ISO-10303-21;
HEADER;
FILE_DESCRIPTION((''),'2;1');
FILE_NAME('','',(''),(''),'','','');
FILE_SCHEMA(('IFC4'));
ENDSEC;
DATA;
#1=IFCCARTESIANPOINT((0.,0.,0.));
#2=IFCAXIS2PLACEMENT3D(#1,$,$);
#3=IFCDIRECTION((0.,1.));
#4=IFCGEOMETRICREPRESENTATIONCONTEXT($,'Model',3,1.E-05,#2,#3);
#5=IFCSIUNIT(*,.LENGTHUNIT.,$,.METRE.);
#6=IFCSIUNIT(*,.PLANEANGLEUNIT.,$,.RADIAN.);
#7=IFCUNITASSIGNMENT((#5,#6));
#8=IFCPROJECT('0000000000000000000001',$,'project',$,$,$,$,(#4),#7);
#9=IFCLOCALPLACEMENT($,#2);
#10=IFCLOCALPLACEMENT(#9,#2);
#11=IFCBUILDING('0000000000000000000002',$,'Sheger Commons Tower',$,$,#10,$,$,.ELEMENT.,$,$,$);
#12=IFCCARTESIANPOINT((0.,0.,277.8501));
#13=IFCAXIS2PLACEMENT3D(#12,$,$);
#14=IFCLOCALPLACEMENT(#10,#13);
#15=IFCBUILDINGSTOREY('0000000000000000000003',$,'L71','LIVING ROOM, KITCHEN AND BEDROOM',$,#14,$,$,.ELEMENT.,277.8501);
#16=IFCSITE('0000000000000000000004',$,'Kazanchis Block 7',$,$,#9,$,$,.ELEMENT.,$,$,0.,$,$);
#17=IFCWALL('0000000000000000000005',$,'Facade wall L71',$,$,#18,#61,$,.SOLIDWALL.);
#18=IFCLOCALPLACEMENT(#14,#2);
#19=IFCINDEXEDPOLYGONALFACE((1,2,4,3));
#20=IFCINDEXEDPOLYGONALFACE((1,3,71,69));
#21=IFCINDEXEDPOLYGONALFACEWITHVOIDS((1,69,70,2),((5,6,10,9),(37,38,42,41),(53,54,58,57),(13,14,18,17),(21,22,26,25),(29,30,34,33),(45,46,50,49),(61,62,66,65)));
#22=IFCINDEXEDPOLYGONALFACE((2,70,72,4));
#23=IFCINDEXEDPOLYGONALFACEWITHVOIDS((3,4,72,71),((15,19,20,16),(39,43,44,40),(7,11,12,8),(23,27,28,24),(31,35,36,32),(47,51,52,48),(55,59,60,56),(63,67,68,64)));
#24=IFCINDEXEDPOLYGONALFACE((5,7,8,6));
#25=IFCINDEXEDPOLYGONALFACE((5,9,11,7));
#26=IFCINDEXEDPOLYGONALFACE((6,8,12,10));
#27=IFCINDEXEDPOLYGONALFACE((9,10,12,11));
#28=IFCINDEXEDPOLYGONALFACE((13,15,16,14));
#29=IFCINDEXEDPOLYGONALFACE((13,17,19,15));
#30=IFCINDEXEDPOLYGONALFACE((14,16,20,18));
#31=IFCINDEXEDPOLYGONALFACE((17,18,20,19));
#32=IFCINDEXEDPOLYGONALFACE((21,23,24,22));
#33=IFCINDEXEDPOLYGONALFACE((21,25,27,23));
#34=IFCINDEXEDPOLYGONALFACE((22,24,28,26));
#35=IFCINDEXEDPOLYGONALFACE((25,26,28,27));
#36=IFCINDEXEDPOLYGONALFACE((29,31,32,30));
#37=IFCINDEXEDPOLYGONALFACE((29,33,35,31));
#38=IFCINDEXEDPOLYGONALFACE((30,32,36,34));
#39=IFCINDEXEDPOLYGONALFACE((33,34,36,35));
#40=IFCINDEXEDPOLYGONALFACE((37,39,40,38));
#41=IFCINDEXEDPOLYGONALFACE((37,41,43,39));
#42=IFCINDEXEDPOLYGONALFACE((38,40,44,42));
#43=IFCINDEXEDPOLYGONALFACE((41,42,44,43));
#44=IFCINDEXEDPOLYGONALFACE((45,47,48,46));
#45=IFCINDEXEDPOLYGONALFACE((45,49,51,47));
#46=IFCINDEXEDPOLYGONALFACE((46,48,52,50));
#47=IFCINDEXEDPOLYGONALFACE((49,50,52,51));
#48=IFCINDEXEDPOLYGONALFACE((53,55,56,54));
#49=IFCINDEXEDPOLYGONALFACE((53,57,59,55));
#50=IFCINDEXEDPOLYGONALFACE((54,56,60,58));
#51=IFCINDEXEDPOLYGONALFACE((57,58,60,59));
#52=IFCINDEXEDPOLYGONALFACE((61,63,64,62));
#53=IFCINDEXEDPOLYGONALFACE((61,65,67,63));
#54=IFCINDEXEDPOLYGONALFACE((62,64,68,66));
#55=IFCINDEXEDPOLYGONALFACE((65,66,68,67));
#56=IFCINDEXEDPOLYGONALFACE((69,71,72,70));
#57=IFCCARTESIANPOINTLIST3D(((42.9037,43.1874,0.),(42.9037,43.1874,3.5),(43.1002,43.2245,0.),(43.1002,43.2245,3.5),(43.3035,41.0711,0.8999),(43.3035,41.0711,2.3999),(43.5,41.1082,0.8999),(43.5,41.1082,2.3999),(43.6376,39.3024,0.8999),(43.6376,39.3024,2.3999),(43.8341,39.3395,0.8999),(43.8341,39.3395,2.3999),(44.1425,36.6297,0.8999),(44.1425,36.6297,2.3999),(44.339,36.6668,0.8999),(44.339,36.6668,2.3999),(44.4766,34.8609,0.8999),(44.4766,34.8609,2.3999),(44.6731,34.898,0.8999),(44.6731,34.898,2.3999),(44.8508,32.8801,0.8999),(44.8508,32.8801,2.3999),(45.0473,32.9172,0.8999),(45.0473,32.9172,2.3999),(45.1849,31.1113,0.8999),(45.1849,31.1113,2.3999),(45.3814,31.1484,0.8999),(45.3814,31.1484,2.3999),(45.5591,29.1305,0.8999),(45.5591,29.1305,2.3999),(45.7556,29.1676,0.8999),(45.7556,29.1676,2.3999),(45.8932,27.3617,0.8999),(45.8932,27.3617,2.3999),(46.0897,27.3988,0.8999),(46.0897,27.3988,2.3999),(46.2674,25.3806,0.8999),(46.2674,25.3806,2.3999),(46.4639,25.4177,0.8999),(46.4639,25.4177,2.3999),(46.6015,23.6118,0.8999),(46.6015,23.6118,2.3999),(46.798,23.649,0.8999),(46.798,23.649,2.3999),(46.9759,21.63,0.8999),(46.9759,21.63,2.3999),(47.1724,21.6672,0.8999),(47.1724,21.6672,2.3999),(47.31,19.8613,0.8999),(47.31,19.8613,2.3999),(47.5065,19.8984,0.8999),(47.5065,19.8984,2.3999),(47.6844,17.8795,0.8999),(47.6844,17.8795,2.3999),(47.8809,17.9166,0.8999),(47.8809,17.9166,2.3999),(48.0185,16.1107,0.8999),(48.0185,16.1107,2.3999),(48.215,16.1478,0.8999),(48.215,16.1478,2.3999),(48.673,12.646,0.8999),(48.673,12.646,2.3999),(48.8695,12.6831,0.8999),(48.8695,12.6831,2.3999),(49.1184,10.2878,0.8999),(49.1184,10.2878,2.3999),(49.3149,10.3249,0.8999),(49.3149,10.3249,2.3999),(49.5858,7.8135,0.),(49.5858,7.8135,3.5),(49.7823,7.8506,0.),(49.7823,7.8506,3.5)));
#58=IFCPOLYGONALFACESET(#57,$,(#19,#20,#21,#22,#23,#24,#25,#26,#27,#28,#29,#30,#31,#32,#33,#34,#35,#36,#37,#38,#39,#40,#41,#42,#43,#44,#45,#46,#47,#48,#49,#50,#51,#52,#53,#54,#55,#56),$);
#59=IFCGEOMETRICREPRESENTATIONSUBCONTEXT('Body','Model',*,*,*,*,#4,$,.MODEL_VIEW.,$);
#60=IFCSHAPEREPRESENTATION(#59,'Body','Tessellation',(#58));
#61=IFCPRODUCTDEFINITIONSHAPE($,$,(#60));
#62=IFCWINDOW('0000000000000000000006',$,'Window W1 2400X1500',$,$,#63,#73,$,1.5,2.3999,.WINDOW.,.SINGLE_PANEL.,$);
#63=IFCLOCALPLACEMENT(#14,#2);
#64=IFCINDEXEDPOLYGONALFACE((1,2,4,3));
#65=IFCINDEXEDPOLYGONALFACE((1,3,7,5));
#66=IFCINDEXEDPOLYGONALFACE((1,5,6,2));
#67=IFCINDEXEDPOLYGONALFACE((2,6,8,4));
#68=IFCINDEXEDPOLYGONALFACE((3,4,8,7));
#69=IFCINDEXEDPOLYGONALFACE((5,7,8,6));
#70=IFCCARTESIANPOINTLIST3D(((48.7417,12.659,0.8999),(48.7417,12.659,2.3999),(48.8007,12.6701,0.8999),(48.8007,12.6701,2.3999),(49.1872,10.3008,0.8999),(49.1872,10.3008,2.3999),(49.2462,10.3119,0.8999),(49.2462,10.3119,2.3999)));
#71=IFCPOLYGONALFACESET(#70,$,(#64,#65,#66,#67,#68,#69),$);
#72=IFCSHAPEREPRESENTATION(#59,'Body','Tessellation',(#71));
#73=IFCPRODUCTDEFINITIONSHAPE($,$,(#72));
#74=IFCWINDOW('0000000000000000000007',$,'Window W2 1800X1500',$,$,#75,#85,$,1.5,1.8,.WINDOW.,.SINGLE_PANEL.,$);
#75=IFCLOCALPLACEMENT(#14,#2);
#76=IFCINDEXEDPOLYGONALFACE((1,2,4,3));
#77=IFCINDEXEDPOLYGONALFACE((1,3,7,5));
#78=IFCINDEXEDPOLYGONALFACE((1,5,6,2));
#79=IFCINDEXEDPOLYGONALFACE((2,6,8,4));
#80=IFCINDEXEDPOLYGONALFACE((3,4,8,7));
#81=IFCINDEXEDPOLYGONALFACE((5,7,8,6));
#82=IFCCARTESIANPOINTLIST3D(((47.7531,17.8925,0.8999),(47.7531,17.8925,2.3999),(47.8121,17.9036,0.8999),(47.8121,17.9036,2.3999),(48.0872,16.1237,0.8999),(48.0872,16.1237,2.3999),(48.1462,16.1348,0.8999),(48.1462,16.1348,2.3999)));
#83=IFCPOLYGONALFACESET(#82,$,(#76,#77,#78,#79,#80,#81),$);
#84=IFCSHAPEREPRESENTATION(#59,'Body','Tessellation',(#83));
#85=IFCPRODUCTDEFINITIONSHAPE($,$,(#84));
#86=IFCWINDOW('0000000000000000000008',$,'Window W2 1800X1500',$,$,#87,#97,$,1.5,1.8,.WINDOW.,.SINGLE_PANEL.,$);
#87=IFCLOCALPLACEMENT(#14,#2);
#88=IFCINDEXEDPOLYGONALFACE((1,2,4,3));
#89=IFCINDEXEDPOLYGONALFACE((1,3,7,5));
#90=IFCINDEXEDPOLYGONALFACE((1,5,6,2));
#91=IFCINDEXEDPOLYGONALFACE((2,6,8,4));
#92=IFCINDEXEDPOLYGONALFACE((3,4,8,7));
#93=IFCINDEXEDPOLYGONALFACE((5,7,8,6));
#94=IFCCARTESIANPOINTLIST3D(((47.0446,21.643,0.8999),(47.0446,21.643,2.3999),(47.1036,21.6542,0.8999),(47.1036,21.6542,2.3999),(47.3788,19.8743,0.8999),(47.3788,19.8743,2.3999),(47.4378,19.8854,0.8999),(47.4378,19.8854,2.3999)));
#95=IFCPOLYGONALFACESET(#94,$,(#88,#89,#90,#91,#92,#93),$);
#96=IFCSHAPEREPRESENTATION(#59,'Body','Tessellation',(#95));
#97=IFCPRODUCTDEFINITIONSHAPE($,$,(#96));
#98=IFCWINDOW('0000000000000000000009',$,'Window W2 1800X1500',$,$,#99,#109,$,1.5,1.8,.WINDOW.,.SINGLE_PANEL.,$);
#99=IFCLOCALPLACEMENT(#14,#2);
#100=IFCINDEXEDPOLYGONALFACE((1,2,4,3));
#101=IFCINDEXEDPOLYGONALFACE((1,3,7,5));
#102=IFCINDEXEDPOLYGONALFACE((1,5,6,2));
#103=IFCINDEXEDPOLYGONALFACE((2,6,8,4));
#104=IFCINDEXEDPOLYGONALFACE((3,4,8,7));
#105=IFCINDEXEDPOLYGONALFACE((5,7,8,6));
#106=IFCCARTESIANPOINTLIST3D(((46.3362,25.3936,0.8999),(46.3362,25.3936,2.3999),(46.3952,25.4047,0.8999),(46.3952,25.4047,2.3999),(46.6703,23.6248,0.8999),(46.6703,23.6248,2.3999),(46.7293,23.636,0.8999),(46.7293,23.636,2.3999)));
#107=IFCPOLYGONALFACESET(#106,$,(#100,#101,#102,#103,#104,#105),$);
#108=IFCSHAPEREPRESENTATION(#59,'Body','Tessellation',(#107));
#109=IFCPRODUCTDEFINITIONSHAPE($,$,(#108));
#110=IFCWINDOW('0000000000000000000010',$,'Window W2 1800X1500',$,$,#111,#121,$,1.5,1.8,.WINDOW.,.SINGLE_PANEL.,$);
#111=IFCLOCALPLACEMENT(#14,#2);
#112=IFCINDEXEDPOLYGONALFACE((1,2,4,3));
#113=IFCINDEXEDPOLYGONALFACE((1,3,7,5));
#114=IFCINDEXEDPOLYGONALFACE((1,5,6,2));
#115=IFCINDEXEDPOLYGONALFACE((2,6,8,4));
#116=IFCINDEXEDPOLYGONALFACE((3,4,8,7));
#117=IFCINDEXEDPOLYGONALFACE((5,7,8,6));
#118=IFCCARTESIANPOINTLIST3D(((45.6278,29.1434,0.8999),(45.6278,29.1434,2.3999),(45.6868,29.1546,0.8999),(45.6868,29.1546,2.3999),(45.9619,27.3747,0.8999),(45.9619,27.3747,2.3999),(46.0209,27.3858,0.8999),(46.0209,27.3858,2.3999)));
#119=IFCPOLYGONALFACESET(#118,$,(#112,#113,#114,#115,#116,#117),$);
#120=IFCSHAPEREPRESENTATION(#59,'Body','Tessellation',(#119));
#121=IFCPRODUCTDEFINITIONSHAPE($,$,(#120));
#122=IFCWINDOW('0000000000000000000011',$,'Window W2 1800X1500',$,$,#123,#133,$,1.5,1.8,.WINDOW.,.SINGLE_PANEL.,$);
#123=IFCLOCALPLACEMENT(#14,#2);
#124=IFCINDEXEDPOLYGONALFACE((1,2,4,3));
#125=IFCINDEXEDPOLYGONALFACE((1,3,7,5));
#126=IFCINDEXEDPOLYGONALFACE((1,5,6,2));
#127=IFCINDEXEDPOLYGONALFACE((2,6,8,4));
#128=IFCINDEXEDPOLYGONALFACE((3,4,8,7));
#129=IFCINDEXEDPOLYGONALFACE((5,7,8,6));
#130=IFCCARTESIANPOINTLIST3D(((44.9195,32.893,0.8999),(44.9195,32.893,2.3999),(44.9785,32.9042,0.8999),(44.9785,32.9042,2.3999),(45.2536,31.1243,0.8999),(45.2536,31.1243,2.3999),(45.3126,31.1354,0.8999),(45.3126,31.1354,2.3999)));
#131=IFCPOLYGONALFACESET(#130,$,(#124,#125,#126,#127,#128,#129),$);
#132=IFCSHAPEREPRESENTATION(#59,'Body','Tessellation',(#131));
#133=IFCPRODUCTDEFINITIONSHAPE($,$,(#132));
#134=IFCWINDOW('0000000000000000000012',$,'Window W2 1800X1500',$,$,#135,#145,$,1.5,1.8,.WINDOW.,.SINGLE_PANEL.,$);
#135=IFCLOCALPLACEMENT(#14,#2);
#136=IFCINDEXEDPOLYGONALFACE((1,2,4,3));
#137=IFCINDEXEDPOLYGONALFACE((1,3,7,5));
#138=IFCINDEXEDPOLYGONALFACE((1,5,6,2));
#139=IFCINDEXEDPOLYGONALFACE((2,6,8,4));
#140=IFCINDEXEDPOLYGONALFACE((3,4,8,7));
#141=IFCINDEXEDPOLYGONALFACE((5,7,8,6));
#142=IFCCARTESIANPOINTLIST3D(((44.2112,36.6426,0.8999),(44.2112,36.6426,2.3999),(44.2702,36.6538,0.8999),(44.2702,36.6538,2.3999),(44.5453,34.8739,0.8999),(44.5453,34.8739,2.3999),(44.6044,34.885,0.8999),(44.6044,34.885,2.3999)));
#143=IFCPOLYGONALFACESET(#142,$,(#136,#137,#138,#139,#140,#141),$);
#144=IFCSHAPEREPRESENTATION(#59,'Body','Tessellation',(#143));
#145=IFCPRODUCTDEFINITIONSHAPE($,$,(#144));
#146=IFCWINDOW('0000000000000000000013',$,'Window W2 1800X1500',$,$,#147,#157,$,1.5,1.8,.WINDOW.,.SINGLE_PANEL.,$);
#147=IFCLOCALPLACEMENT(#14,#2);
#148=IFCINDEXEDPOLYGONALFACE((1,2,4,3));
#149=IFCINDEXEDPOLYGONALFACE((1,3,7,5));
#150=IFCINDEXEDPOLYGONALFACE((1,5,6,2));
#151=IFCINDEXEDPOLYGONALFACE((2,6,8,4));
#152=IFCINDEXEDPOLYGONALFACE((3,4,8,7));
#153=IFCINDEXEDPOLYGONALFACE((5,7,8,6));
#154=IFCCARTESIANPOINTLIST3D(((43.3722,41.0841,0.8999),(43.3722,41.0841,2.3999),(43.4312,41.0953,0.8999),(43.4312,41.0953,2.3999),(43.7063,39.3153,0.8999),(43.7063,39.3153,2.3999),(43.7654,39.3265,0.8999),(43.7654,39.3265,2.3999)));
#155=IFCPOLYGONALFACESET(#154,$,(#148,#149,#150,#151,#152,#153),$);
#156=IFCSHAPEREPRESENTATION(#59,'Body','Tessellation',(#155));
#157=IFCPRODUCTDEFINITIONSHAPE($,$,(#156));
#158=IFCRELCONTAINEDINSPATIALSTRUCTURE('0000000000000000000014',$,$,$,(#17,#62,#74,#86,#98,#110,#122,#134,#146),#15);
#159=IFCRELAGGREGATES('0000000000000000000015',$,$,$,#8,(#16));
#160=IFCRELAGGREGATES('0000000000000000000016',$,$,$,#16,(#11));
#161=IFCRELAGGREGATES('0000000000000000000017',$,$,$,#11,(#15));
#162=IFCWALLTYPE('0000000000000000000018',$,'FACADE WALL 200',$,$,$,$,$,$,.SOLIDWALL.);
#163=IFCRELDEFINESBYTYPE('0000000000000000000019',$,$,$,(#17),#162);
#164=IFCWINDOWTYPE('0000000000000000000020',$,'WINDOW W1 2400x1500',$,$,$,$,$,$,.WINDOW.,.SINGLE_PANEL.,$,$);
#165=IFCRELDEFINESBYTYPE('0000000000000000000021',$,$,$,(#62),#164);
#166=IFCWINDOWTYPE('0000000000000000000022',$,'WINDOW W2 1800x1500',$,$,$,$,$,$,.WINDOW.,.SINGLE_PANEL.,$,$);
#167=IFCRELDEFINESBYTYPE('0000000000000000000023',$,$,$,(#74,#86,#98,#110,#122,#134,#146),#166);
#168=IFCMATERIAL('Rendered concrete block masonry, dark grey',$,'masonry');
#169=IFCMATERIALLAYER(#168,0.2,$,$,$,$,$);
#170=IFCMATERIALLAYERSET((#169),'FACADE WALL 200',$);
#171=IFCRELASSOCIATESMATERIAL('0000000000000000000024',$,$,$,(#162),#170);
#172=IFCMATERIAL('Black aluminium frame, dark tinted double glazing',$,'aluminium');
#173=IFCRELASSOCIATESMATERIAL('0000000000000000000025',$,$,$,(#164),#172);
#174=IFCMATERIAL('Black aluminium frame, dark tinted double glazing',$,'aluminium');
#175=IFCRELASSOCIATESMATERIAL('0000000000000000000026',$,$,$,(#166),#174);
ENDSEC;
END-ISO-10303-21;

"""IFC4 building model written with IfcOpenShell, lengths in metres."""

from ifc_helpers import new_model, si_unit, direction, frame, frame_2d, origin, place, context, subcontext, project, spatial, rectangle, extrude, material, layer, layer_set, type_object, element, fill, save


model = new_model("IFC4")

# Units and contexts
model_context = context("Model", 3, precision=1e-05, world=origin(), true_north=direction((0.0, 1.0)))
body_context = subcontext(model_context, "Body", "Model", "MODEL_VIEW")
ifc_project = project(units=[si_unit("LENGTHUNIT", "METRE"), si_unit("PLANEANGLEUNIT", "RADIAN")], contexts=[model_context])

# Site, building, storey
site_placement = place(None, origin())
site = spatial("IfcSite", under=ifc_project, at=site_placement, Name="Kazanchis Block 7", CompositionType="ELEMENT", RefElevation=0.0)
building_placement = place(site_placement, origin())
building = spatial("IfcBuilding", under=site, at=building_placement, Name="Sheger Commons Tower", CompositionType="ELEMENT")
storey_placement = place(building_placement, frame((0.0, 0.0, 277.8501)))
storey = spatial("IfcBuildingStorey", under=building, at=storey_placement, Name="L71", Description="LIVING ROOM, KITCHEN AND BEDROOM", CompositionType="ELEMENT", Elevation=277.8501)

# Shared definitions
ifc_material_1 = material(Name="Rendered concrete block masonry, dark grey", Category="masonry")
ifc_layer_1 = layer(ifc_material_1, 0.2)
ifc_layer_set_1 = layer_set([ifc_layer_1], Name="FACADE WALL 200")
wall_type_1 = type_object("IfcWallType", Name="FACADE WALL 200", PredefinedType="SOLIDWALL", material=ifc_layer_set_1)

# Wall, openings, windows
wall_1_placement = place(storey_placement, frame((49.6841, 7.832, 0.0), z_axis=(0.0, 0.0, 1.0), x_axis=(-0.185617, 0.982622, 0.0)))
wall_1 = element("IfcWall", 1, at=wall_1_placement, inside=storey, type_object=wall_type_1, Name="Facade wall L71", PredefinedType="SOLIDWALL", context=body_context, shape_type="SweptSolid", body=[
    extrude(rectangle(XDim=35.9995, YDim=0.2, at=frame_2d((17.9998, 0.0))), origin(), (0.0, 0.0, 1.0), 3.5),
])
opening_1_placement = place(wall_1_placement, frame((2.5181, 0.0, 0.8999)))
opening_1 = element("IfcOpeningElement", 2, at=opening_1_placement, cuts=wall_1, PredefinedType="OPENING", context=body_context, shape_type="SweptSolid", body=[
    extrude(rectangle(XDim=2.3999, YDim=1.5, at=frame_2d((1.2, 0.75))), frame((0.0, 0.1099, 0.0), z_axis=(0.0, -1.0, 0.0), x_axis=(1.0, 0.0, 0.0)), (0.0, 0.0, 1.0), 0.22),
])
opening_2_placement = place(wall_1_placement, frame((8.4441, 0.0, 0.8999)))
opening_2 = element("IfcOpeningElement", 3, at=opening_2_placement, cuts=wall_1, PredefinedType="OPENING", context=body_context, shape_type="SweptSolid", body=[
    extrude(rectangle(XDim=1.8, YDim=1.5, at=frame_2d((0.8999, 0.75))), frame((0.0, 0.1099, 0.0), z_axis=(0.0, -1.0, 0.0), x_axis=(1.0, 0.0, 0.0)), (0.0, 0.0, 1.0), 0.22),
])
opening_3_placement = place(wall_1_placement, frame((12.261, 0.0, 0.8999)))
opening_3 = element("IfcOpeningElement", 4, at=opening_3_placement, cuts=wall_1, PredefinedType="OPENING", context=body_context, shape_type="SweptSolid", body=[
    extrude(rectangle(XDim=1.8, YDim=1.5, at=frame_2d((0.8999, 0.75))), frame((0.0, 0.1099, 0.0), z_axis=(0.0, -1.0, 0.0), x_axis=(1.0, 0.0, 0.0)), (0.0, 0.0, 1.0), 0.22),
])
opening_4_placement = place(wall_1_placement, frame((16.0779, 0.0, 0.8999)))
opening_4 = element("IfcOpeningElement", 5, at=opening_4_placement, cuts=wall_1, PredefinedType="OPENING", context=body_context, shape_type="SweptSolid", body=[
    extrude(rectangle(XDim=1.8, YDim=1.5, at=frame_2d((0.8999, 0.75))), frame((0.0, 0.1099, 0.0), z_axis=(0.0, -1.0, 0.0), x_axis=(1.0, 0.0, 0.0)), (0.0, 0.0, 1.0), 0.22),
])
opening_5_placement = place(wall_1_placement, frame((19.894, 0.0, 0.8999)))
opening_5 = element("IfcOpeningElement", 6, at=opening_5_placement, cuts=wall_1, PredefinedType="OPENING", context=body_context, shape_type="SweptSolid", body=[
    extrude(rectangle(XDim=1.8, YDim=1.5, at=frame_2d((0.8999, 0.75))), frame((0.0, 0.1099, 0.0), z_axis=(0.0, -1.0, 0.0), x_axis=(1.0, 0.0, 0.0)), (0.0, 0.0, 1.0), 0.22),
])
opening_6_placement = place(wall_1_placement, frame((23.71, 0.0, 0.8999)))
opening_6 = element("IfcOpeningElement", 7, at=opening_6_placement, cuts=wall_1, PredefinedType="OPENING", context=body_context, shape_type="SweptSolid", body=[
    extrude(rectangle(XDim=1.8, YDim=1.5, at=frame_2d((0.8999, 0.75))), frame((0.0, 0.1099, 0.0), z_axis=(0.0, -1.0, 0.0), x_axis=(1.0, 0.0, 0.0)), (0.0, 0.0, 1.0), 0.22),
])
opening_7_placement = place(wall_1_placement, frame((27.5259, 0.0, 0.8999)))
opening_7 = element("IfcOpeningElement", 8, at=opening_7_placement, cuts=wall_1, PredefinedType="OPENING", context=body_context, shape_type="SweptSolid", body=[
    extrude(rectangle(XDim=1.8, YDim=1.5, at=frame_2d((0.8999, 0.75))), frame((0.0, 0.1099, 0.0), z_axis=(0.0, -1.0, 0.0), x_axis=(1.0, 0.0, 0.0)), (0.0, 0.0, 1.0), 0.22),
])
opening_8_placement = place(wall_1_placement, frame((32.0459, 0.0, 0.8999)))
opening_8 = element("IfcOpeningElement", 9, at=opening_8_placement, cuts=wall_1, PredefinedType="OPENING", context=body_context, shape_type="SweptSolid", body=[
    extrude(rectangle(XDim=1.8, YDim=1.5, at=frame_2d((0.8999, 0.75))), frame((0.0, 0.1099, 0.0), z_axis=(0.0, -1.0, 0.0), x_axis=(1.0, 0.0, 0.0)), (0.0, 0.0, 1.0), 0.22),
])
ifc_material_2 = material(Name="Black aluminium frame, dark tinted double glazing", Category="aluminium")
window_type_1 = type_object("IfcWindowType", Name="WINDOW W1 2400x1500", PartitioningType="SINGLE_PANEL", PredefinedType="WINDOW", material=ifc_material_2)
window_1_placement = place(opening_1_placement, origin())
window_1 = element("IfcWindow", 10, at=window_1_placement, inside=storey, type_object=window_type_1, Name="Window W1 2400X1500", OverallHeight=1.5, OverallWidth=2.3999, PartitioningType="SINGLE_PANEL", PredefinedType="WINDOW", context=body_context, shape_type="SweptSolid", body=[
    extrude(rectangle(XDim=2.3999, YDim=1.5, at=frame_2d((1.2, 0.75))), frame((0.0, 0.03, 0.0), z_axis=(0.0, -1.0, 0.0), x_axis=(1.0, 0.0, 0.0)), (0.0, 0.0, 1.0), 0.0601),
])
fill(opening_1, window_1)
ifc_material_3 = material(Name="Black aluminium frame, dark tinted double glazing", Category="aluminium")
window_type_2 = type_object("IfcWindowType", Name="WINDOW W2 1800x1500", PartitioningType="SINGLE_PANEL", PredefinedType="WINDOW", material=ifc_material_3)
window_2_placement = place(opening_2_placement, origin())
window_2 = element("IfcWindow", 11, at=window_2_placement, inside=storey, type_object=window_type_2, Name="Window W2 1800X1500", OverallHeight=1.5, OverallWidth=1.8, PartitioningType="SINGLE_PANEL", PredefinedType="WINDOW", context=body_context, shape_type="SweptSolid", body=[
    extrude(rectangle(XDim=1.8, YDim=1.5, at=frame_2d((0.8999, 0.75))), frame((0.0, 0.03, 0.0), z_axis=(0.0, -1.0, 0.0), x_axis=(1.0, 0.0, 0.0)), (0.0, 0.0, 1.0), 0.0601),
])
fill(opening_2, window_2)
window_3_placement = place(opening_3_placement, origin())
window_3 = element("IfcWindow", 12, at=window_3_placement, inside=storey, type_object=window_type_2, Name="Window W2 1800X1500", OverallHeight=1.5, OverallWidth=1.8, PartitioningType="SINGLE_PANEL", PredefinedType="WINDOW", context=body_context, shape_type="SweptSolid", body=[
    extrude(rectangle(XDim=1.8, YDim=1.5, at=frame_2d((0.8999, 0.75))), frame((0.0, 0.03, 0.0), z_axis=(0.0, -1.0, 0.0), x_axis=(1.0, 0.0, 0.0)), (0.0, 0.0, 1.0), 0.0601),
])
fill(opening_3, window_3)
window_4_placement = place(opening_4_placement, origin())
window_4 = element("IfcWindow", 13, at=window_4_placement, inside=storey, type_object=window_type_2, Name="Window W2 1800X1500", OverallHeight=1.5, OverallWidth=1.8, PartitioningType="SINGLE_PANEL", PredefinedType="WINDOW", context=body_context, shape_type="SweptSolid", body=[
    extrude(rectangle(XDim=1.8, YDim=1.5, at=frame_2d((0.8999, 0.75))), frame((0.0, 0.03, 0.0), z_axis=(0.0, -1.0, 0.0), x_axis=(1.0, 0.0, 0.0)), (0.0, 0.0, 1.0), 0.0601),
])
fill(opening_4, window_4)
window_5_placement = place(opening_5_placement, origin())
window_5 = element("IfcWindow", 14, at=window_5_placement, inside=storey, type_object=window_type_2, Name="Window W2 1800X1500", OverallHeight=1.5, OverallWidth=1.8, PartitioningType="SINGLE_PANEL", PredefinedType="WINDOW", context=body_context, shape_type="SweptSolid", body=[
    extrude(rectangle(XDim=1.8, YDim=1.5, at=frame_2d((0.8999, 0.75))), frame((0.0, 0.03, 0.0), z_axis=(0.0, -1.0, 0.0), x_axis=(1.0, 0.0, 0.0)), (0.0, 0.0, 1.0), 0.0601),
])
fill(opening_5, window_5)
window_6_placement = place(opening_6_placement, origin())
window_6 = element("IfcWindow", 15, at=window_6_placement, inside=storey, type_object=window_type_2, Name="Window W2 1800X1500", OverallHeight=1.5, OverallWidth=1.8, PartitioningType="SINGLE_PANEL", PredefinedType="WINDOW", context=body_context, shape_type="SweptSolid", body=[
    extrude(rectangle(XDim=1.8, YDim=1.5, at=frame_2d((0.8999, 0.75))), frame((0.0, 0.03, 0.0), z_axis=(0.0, -1.0, 0.0), x_axis=(1.0, 0.0, 0.0)), (0.0, 0.0, 1.0), 0.0601),
])
fill(opening_6, window_6)
window_7_placement = place(opening_7_placement, origin())
window_7 = element("IfcWindow", 16, at=window_7_placement, inside=storey, type_object=window_type_2, Name="Window W2 1800X1500", OverallHeight=1.5, OverallWidth=1.8, PartitioningType="SINGLE_PANEL", PredefinedType="WINDOW", context=body_context, shape_type="SweptSolid", body=[
    extrude(rectangle(XDim=1.8, YDim=1.5, at=frame_2d((0.8999, 0.75))), frame((0.0, 0.03, 0.0), z_axis=(0.0, -1.0, 0.0), x_axis=(1.0, 0.0, 0.0)), (0.0, 0.0, 1.0), 0.0601),
])
fill(opening_7, window_7)
window_8_placement = place(opening_8_placement, origin())
window_8 = element("IfcWindow", 17, at=window_8_placement, inside=storey, type_object=window_type_2, Name="Window W2 1800X1500", OverallHeight=1.5, OverallWidth=1.8, PartitioningType="SINGLE_PANEL", PredefinedType="WINDOW", context=body_context, shape_type="SweptSolid", body=[
    extrude(rectangle(XDim=1.8, YDim=1.5, at=frame_2d((0.8999, 0.75))), frame((0.0, 0.03, 0.0), z_axis=(0.0, -1.0, 0.0), x_axis=(1.0, 0.0, 0.0)), (0.0, 0.0, 1.0), 0.0601),
])
fill(opening_8, window_8)

save(model, "model.ifc")
